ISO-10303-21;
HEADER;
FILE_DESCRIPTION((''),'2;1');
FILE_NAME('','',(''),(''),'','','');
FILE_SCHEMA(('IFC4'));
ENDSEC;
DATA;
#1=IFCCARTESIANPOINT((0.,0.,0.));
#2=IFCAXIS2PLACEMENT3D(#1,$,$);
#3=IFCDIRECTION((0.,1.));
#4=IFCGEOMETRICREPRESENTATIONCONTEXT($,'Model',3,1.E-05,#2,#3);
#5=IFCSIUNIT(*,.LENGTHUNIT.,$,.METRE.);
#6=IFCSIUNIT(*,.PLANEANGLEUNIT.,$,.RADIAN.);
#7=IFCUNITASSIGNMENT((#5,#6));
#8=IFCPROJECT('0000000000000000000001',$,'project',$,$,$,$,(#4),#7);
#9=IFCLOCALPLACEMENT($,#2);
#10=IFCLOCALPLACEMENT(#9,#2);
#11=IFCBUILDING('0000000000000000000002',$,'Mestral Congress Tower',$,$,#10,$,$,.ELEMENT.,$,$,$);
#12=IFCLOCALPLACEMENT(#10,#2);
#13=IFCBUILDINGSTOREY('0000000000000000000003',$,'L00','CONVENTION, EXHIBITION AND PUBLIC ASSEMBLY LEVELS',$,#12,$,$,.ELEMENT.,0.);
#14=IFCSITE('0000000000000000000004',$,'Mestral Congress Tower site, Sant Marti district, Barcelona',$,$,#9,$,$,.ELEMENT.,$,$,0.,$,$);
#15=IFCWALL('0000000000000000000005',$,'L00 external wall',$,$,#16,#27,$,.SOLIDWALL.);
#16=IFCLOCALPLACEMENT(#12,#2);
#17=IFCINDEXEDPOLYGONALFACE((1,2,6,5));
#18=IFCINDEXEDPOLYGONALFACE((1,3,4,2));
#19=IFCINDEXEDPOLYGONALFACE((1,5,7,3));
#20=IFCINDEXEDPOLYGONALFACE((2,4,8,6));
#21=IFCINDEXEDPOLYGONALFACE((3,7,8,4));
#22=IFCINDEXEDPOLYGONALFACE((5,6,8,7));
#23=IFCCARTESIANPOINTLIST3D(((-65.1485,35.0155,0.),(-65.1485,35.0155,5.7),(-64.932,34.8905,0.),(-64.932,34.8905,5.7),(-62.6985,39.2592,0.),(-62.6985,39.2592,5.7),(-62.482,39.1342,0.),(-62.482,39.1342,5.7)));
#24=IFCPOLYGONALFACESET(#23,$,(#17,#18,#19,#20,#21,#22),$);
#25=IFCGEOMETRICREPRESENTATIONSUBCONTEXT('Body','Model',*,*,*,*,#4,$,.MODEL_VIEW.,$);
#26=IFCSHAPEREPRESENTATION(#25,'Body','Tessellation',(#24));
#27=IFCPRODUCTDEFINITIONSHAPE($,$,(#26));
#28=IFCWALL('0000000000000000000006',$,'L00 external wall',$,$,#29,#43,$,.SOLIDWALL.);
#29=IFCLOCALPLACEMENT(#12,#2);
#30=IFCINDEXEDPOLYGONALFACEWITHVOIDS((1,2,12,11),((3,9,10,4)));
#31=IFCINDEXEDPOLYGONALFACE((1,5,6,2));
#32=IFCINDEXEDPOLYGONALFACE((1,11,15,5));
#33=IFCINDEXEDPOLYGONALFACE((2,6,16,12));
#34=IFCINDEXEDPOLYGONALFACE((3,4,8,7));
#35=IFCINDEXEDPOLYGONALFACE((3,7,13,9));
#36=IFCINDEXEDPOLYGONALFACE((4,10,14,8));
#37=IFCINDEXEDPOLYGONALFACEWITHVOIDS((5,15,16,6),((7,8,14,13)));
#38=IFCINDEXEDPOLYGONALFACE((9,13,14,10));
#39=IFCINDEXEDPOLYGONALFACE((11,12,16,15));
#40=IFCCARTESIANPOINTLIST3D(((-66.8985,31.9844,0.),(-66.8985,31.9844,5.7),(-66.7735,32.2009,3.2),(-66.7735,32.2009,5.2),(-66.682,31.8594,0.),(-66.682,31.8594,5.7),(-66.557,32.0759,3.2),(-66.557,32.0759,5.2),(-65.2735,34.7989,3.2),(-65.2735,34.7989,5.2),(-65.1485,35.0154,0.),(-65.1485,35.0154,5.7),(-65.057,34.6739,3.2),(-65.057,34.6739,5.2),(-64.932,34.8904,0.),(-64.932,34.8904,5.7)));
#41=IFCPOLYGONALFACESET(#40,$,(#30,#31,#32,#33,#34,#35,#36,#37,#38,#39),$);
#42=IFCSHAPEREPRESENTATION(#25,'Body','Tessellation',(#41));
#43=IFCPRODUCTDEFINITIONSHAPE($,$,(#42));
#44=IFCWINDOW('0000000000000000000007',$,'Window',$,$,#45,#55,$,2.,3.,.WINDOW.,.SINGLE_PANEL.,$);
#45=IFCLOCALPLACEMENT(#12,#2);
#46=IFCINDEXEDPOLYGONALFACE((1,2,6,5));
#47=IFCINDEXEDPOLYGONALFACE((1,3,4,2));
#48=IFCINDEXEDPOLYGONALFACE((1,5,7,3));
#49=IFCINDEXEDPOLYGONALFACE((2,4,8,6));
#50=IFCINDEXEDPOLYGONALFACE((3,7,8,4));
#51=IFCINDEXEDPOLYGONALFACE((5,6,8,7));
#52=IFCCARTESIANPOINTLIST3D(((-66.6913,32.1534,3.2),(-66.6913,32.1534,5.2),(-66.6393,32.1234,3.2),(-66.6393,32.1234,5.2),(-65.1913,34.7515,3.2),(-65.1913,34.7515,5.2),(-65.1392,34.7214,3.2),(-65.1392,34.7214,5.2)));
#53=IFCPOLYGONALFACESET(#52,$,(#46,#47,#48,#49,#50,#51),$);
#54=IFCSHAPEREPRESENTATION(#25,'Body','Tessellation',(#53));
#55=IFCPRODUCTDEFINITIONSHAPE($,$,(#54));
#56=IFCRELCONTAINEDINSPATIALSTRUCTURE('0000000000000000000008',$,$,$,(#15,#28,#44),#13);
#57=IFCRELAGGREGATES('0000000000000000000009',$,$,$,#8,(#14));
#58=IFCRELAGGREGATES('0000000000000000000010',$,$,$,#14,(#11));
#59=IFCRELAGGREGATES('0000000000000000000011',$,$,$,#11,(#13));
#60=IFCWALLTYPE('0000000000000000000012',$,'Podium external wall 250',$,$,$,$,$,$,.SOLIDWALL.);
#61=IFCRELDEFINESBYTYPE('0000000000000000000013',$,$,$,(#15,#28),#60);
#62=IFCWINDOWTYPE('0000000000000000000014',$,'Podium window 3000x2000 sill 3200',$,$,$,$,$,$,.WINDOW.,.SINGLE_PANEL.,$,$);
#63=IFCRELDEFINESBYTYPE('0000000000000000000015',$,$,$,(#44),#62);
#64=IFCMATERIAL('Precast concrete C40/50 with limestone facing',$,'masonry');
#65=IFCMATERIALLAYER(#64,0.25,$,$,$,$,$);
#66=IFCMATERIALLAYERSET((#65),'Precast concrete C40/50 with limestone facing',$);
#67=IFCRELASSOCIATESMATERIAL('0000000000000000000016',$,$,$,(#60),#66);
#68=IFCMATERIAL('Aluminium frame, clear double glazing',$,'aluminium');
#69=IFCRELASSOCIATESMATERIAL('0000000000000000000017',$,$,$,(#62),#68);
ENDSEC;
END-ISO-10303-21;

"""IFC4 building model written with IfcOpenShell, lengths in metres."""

from ifc_helpers import new_model, si_unit, direction, frame, frame_2d, origin, place, context, subcontext, project, spatial, rectangle, extrude, material, layer, layer_set, type_object, element, fill, save


model = new_model("IFC4")

# Units and contexts
model_context = context("Model", 3, precision=1e-05, world=origin(), true_north=direction((0.0, 1.0)))
body_context = subcontext(model_context, "Body", "Model", "MODEL_VIEW")
ifc_project = project(units=[si_unit("LENGTHUNIT", "METRE"), si_unit("PLANEANGLEUNIT", "RADIAN")], contexts=[model_context])

# Site, building, storey
site_placement = place(None, origin())
site = spatial("IfcSite", under=ifc_project, at=site_placement, Name="Mestral Congress Tower site, Sant Marti district, Barcelona", CompositionType="ELEMENT", RefElevation=0.0)
building_placement = place(site_placement, origin())
building = spatial("IfcBuilding", under=site, at=building_placement, Name="Mestral Congress Tower", CompositionType="ELEMENT")
storey_placement = place(building_placement, origin())
storey = spatial("IfcBuildingStorey", under=building, at=storey_placement, Name="L00", Description="CONVENTION, EXHIBITION AND PUBLIC ASSEMBLY LEVELS", CompositionType="ELEMENT", Elevation=0.0)

# Shared definitions
ifc_material_1 = material(Name="Precast concrete C40/50 with limestone facing", Category="masonry")
ifc_layer = layer(ifc_material_1, 0.25)
ifc_layer_set = layer_set([ifc_layer], Name="Precast concrete C40/50 with limestone facing")
wall_type = type_object("IfcWallType", Name="Podium external wall 250", PredefinedType="SOLIDWALL", material=ifc_layer_set)

# Shared definitions
ifc_material_2 = material(Name="Aluminium frame, clear double glazing", Category="aluminium")
window_type = type_object("IfcWindowType", Name="Podium window 3000x2000 sill 3200", PartitioningType="SINGLE_PANEL", PredefinedType="WINDOW", material=ifc_material_2)

# Wall
wall_1_placement = place(storey_placement, frame((-65.0403, 34.9529, 0.0), z_axis=(0.0, 0.0, 1.0), x_axis=(0.499981, 0.866036, 0.0)))
element("IfcWall", 1, at=wall_1_placement, inside=storey, type_object=wall_type, Name="L00 external wall", PredefinedType="SOLIDWALL", context=body_context, shape_type="SweptSolid", body=[
    extrude(rectangle(XDim=4.9001, YDim=0.25, at=frame_2d((2.4502, 0.0))), origin(), (0.0, 0.0, 1.0), 5.7),
])

# Wall, opening, window
wall_2_placement = place(storey_placement, frame((-66.7903, 31.9219, 0.0), z_axis=(0.0, 0.0, 1.0), x_axis=(0.50001, 0.866019, 0.0)))
wall_2 = element("IfcWall", 2, at=wall_2_placement, inside=storey, type_object=wall_type, Name="L00 external wall", PredefinedType="SOLIDWALL", context=body_context, shape_type="SweptSolid", body=[
    extrude(rectangle(XDim=3.5, YDim=0.25, at=frame_2d((1.75, 0.0))), origin(), (0.0, 0.0, 1.0), 5.7),
])
opening_1_placement = place(wall_2_placement, frame((0.25, 0.0, 3.2)))
opening_1 = element("IfcOpeningElement", 3, at=opening_1_placement, cuts=wall_2, PredefinedType="OPENING", context=body_context, shape_type="SweptSolid", body=[
    extrude(rectangle(XDim=3.0, YDim=2.0, at=frame_2d((1.5, 1.0))), frame((0.0, 0.135, 0.0), z_axis=(0.0, -1.0, 0.0), x_axis=(1.0, 0.0, 0.0)), (0.0, 0.0, 1.0), 0.27),
])
window_1_placement = place(opening_1_placement, origin())
window_1 = element("IfcWindow", 4, at=window_1_placement, inside=storey, type_object=window_type, Name="Window", OverallHeight=2.0, OverallWidth=3.0, PartitioningType="SINGLE_PANEL", PredefinedType="WINDOW", context=body_context, shape_type="SweptSolid", body=[
    extrude(rectangle(XDim=3.0, YDim=2.0, at=frame_2d((1.5, 1.0))), frame((0.0, 0.03, 0.0), z_axis=(0.0, -1.0, 0.0), x_axis=(1.0, 0.0, 0.0)), (0.0, 0.0, 1.0), 0.0601),
])
fill(opening_1, window_1)

save(model, "model.ifc")
